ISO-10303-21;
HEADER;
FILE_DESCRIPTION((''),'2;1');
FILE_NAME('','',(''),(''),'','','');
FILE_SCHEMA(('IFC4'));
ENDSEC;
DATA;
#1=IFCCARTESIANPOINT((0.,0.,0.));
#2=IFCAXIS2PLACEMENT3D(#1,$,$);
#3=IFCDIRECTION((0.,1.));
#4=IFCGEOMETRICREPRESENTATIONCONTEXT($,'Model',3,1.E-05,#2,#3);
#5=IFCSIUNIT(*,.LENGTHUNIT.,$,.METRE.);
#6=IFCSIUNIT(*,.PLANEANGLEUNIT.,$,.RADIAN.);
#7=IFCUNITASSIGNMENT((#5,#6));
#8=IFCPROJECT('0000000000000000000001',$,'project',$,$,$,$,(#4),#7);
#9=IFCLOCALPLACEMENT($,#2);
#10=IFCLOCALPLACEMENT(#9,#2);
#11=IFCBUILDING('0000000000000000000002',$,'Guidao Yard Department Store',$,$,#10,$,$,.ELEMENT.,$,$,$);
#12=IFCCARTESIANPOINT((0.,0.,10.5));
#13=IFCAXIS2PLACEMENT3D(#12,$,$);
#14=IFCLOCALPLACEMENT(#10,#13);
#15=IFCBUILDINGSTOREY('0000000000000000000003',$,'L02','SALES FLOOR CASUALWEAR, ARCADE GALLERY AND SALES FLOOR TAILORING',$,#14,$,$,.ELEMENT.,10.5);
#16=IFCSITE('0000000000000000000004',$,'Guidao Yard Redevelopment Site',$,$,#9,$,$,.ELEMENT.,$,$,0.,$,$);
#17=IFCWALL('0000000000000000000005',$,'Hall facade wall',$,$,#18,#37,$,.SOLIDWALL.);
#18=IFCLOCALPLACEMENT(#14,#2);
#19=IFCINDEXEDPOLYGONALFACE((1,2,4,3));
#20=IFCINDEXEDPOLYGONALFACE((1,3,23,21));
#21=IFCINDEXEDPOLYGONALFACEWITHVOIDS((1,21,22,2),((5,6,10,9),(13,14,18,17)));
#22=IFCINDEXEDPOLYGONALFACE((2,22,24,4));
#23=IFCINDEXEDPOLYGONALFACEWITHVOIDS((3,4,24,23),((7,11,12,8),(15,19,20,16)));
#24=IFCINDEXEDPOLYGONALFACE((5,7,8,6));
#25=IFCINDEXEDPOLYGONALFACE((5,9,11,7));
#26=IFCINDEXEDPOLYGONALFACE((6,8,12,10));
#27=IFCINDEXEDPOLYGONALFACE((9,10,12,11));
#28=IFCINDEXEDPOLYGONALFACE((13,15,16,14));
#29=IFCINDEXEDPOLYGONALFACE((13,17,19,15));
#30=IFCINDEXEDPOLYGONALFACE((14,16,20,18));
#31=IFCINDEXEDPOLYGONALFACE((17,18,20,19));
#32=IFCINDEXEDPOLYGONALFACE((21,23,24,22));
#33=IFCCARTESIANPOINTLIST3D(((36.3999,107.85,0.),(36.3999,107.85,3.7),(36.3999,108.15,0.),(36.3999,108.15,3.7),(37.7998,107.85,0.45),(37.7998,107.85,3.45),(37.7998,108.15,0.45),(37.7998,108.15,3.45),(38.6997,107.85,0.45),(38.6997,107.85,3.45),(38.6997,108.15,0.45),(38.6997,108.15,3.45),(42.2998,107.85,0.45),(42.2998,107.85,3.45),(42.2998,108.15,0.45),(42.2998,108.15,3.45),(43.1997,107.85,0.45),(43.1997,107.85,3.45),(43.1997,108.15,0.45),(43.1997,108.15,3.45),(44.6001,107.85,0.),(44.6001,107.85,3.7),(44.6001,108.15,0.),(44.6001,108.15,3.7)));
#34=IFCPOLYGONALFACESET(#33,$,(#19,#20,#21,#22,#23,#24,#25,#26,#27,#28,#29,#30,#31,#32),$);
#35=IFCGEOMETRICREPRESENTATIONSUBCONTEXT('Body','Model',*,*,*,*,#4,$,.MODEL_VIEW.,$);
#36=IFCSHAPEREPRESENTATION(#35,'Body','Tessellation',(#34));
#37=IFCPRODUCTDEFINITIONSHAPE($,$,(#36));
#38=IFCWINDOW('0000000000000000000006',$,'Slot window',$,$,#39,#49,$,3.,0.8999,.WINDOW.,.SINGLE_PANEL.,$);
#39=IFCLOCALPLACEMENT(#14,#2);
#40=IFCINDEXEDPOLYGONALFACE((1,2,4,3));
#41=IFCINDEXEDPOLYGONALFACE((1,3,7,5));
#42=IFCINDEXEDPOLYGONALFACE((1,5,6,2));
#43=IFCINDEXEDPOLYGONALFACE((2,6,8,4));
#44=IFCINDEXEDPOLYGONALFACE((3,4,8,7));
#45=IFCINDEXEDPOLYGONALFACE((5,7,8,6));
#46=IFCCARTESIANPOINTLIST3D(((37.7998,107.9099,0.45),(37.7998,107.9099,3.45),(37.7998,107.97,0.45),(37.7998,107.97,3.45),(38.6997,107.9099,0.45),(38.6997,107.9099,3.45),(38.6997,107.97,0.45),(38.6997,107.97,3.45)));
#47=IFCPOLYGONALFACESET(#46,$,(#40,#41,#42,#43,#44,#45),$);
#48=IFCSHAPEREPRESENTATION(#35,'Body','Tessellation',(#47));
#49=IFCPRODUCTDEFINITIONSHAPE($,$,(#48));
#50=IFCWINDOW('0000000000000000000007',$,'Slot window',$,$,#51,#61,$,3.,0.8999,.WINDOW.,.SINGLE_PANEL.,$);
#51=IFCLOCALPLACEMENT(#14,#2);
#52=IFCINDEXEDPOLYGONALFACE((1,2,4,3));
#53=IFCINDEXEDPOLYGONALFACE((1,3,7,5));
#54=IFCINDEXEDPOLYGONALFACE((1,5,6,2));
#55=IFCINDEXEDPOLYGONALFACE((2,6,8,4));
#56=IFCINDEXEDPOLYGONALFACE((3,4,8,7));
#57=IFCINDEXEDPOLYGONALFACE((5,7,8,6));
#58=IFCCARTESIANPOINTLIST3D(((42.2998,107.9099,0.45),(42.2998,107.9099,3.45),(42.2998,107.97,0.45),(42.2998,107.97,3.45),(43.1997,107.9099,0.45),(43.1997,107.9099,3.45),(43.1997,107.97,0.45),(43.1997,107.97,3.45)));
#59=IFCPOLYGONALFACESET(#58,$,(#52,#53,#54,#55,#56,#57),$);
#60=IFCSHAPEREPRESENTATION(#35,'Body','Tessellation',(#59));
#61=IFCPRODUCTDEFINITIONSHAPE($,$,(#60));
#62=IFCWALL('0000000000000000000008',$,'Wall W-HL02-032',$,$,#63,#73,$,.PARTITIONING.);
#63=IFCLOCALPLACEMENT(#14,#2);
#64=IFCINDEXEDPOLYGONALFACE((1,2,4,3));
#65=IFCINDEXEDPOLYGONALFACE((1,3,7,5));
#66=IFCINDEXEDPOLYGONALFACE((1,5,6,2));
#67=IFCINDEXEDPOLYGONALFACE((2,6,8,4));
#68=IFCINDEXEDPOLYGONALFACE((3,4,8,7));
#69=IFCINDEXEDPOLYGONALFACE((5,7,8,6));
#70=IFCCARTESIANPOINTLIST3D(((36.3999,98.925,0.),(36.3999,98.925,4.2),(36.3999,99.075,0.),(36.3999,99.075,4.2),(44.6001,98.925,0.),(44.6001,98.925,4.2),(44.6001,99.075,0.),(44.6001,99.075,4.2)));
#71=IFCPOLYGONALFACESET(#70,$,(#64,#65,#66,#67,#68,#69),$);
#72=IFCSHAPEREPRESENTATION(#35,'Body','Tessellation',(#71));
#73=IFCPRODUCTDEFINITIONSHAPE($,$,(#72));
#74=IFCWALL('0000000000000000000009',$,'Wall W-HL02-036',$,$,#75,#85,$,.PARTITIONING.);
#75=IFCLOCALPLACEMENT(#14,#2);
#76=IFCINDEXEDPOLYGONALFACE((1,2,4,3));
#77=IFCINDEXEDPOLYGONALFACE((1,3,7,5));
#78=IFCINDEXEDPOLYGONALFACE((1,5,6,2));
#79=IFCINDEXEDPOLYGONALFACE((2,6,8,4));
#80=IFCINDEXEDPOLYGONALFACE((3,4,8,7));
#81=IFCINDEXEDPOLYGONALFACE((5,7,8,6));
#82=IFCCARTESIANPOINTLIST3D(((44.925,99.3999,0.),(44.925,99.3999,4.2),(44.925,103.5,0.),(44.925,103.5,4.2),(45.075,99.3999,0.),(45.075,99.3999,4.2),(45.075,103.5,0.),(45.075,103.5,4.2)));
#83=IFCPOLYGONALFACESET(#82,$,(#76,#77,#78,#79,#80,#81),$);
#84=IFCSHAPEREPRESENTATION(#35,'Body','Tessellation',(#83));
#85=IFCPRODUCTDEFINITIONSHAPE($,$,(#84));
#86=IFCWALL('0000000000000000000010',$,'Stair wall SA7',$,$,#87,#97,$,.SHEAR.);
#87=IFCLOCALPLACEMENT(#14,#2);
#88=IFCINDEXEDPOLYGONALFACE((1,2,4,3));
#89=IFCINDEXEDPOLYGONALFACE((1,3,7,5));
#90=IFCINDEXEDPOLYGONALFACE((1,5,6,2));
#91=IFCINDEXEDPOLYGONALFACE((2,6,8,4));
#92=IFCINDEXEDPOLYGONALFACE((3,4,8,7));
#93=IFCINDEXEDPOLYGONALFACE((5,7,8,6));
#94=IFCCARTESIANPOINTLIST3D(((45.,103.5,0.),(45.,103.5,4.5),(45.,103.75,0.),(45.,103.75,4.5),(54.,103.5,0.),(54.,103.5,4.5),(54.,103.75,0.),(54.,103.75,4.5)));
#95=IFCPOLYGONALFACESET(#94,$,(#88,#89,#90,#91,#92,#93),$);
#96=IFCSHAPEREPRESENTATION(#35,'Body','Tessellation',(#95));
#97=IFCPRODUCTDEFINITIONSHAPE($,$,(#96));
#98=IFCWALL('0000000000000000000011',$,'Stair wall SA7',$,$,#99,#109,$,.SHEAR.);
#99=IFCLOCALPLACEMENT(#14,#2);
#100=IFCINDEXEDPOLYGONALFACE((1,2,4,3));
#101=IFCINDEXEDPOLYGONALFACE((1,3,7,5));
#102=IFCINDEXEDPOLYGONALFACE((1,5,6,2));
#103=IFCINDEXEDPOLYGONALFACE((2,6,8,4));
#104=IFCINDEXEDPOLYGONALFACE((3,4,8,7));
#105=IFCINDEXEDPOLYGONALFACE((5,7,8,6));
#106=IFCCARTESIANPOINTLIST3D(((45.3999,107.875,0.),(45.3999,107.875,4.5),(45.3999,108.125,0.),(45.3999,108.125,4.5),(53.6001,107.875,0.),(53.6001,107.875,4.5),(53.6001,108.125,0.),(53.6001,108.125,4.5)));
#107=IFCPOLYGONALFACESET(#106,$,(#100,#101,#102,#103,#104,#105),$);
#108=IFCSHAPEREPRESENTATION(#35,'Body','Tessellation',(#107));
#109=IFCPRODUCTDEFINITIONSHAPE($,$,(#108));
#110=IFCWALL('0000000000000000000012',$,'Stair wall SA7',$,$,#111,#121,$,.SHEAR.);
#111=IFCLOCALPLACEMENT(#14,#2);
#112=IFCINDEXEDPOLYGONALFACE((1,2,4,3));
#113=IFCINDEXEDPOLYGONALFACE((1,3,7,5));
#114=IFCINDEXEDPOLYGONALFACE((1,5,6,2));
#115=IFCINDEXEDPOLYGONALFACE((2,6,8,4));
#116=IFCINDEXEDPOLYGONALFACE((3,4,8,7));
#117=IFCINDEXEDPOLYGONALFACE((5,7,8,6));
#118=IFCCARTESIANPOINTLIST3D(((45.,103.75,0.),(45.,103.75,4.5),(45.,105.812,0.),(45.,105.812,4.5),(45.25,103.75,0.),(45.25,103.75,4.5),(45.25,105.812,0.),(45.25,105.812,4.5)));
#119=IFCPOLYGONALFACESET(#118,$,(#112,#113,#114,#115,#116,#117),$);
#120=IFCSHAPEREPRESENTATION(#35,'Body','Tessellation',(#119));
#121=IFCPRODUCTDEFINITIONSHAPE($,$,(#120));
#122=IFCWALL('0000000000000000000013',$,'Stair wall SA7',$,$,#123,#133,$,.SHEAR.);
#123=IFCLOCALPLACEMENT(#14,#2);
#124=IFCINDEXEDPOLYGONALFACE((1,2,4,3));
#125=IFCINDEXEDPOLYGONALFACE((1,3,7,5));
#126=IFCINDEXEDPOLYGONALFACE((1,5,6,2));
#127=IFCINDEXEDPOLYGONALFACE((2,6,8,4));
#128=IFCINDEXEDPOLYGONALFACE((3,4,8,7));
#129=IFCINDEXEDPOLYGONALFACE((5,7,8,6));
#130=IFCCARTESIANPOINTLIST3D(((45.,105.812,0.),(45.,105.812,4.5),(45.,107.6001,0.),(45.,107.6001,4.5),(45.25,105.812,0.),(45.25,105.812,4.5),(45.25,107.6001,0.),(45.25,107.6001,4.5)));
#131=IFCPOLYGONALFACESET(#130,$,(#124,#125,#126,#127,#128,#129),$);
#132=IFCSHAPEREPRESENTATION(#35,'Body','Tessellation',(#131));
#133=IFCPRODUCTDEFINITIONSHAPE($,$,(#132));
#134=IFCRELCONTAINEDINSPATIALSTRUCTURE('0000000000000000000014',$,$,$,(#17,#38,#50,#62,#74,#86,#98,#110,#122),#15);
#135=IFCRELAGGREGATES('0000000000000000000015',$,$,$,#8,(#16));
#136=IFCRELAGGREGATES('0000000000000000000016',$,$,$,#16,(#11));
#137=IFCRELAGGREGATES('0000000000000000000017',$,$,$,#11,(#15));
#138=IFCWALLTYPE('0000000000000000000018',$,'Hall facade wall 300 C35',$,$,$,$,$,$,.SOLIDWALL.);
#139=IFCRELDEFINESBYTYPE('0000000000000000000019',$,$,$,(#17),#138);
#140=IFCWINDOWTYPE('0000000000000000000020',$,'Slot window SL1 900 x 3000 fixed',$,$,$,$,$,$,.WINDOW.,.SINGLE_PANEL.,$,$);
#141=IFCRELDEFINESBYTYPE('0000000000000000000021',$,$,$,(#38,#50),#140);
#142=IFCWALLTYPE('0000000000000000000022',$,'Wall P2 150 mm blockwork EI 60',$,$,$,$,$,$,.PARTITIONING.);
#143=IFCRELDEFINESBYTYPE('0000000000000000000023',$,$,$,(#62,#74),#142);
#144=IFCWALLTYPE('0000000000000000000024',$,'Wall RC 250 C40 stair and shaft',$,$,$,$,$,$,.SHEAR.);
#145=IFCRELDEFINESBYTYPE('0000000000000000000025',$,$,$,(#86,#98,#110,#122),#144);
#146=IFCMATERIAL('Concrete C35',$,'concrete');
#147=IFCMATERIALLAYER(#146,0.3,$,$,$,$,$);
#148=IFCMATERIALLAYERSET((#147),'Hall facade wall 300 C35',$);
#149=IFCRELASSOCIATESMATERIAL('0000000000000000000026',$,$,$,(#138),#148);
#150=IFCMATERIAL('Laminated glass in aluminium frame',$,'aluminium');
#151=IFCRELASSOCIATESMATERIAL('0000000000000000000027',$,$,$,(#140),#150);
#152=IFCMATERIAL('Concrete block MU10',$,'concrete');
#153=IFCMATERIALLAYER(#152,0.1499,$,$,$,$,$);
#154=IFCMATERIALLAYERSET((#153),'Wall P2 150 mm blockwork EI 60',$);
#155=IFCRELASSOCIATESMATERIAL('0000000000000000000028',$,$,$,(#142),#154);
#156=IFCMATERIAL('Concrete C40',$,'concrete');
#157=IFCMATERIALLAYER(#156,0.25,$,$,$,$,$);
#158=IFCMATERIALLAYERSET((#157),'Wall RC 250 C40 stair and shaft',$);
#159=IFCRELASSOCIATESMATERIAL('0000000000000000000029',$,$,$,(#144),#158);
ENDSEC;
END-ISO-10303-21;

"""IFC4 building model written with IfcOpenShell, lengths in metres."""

from ifc_helpers import new_model, si_unit, direction, frame, frame_2d, origin, place, context, subcontext, project, spatial, rectangle, extrude, material, layer, layer_set, type_object, element, fill, save


model = new_model("IFC4")

# Units and contexts
model_context = context("Model", 3, precision=1e-05, world=origin(), true_north=direction((0.0, 1.0)))
body_context = subcontext(model_context, "Body", "Model", "MODEL_VIEW")
ifc_project = project(units=[si_unit("LENGTHUNIT", "METRE"), si_unit("PLANEANGLEUNIT", "RADIAN")], contexts=[model_context])

# Site, building, storey
site_placement = place(None, origin())
site = spatial("IfcSite", under=ifc_project, at=site_placement, Name="Guidao Yard Redevelopment Site", CompositionType="ELEMENT", RefElevation=0.0)
building_placement = place(site_placement, origin())
building = spatial("IfcBuilding", under=site, at=building_placement, Name="Guidao Yard Department Store", CompositionType="ELEMENT")
storey_placement = place(building_placement, frame((0.0, 0.0, 10.5)))
storey = spatial("IfcBuildingStorey", under=building, at=storey_placement, Name="L02", Description="SALES FLOOR CASUALWEAR, ARCADE GALLERY AND SALES FLOOR TAILORING", CompositionType="ELEMENT", Elevation=10.5)

# Wall, openings, windows
ifc_material_1 = material(Name="Concrete C35", Category="concrete")
ifc_layer_1 = layer(ifc_material_1, 0.3)
ifc_layer_set_1 = layer_set([ifc_layer_1], Name="Hall facade wall 300 C35")
wall_type_1 = type_object("IfcWallType", Name="Hall facade wall 300 C35", PredefinedType="SOLIDWALL", material=ifc_layer_set_1)
ifc_material_2 = material(Name="Laminated glass in aluminium frame", Category="aluminium")
window_type = type_object("IfcWindowType", Name="Slot window SL1 900 x 3000 fixed", PartitioningType="SINGLE_PANEL", PredefinedType="WINDOW", material=ifc_material_2)
wall_1_placement = place(storey_placement, frame((36.3999, 108.0, 0.0), z_axis=(0.0, 0.0, 1.0), x_axis=(1.0, 0.0, 0.0)))
wall_1 = element("IfcWall", 1, at=wall_1_placement, inside=storey, type_object=wall_type_1, Name="Hall facade wall", PredefinedType="SOLIDWALL", context=body_context, shape_type="SweptSolid", body=[
    extrude(rectangle(XDim=8.2002, YDim=0.3, at=frame_2d((4.1001, 0.0))), origin(), (0.0, 0.0, 1.0), 3.7),
])
opening_1_placement = place(wall_1_placement, frame((1.3999, 0.0, 0.45)))
opening_1 = element("IfcOpeningElement", 2, at=opening_1_placement, cuts=wall_1, PredefinedType="OPENING", context=body_context, shape_type="SweptSolid", body=[
    extrude(rectangle(XDim=0.8999, YDim=3.0, at=frame_2d((0.45, 1.5))), frame((0.0, 0.1599, 0.0), z_axis=(0.0, -1.0, 0.0), x_axis=(1.0, 0.0, 0.0)), (0.0, 0.0, 1.0), 0.3201),
])
opening_2_placement = place(wall_1_placement, frame((5.8999, 0.0, 0.45)))
opening_2 = element("IfcOpeningElement", 3, at=opening_2_placement, cuts=wall_1, PredefinedType="OPENING", context=body_context, shape_type="SweptSolid", body=[
    extrude(rectangle(XDim=0.8999, YDim=3.0, at=frame_2d((0.45, 1.5))), frame((0.0, 0.1599, 0.0), z_axis=(0.0, -1.0, 0.0), x_axis=(1.0, 0.0, 0.0)), (0.0, 0.0, 1.0), 0.3201),
])
window_1_placement = place(opening_1_placement, origin())
window_1 = element("IfcWindow", 4, at=window_1_placement, inside=storey, type_object=window_type, Name="Slot window", OverallHeight=3.0, OverallWidth=0.8999, PartitioningType="SINGLE_PANEL", PredefinedType="WINDOW", context=body_context, shape_type="SweptSolid", body=[
    extrude(rectangle(XDim=0.8999, YDim=3.0, at=frame_2d((0.45, 1.5))), frame((0.0, -0.03, 0.0), z_axis=(0.0, -1.0, 0.0), x_axis=(1.0, 0.0, 0.0)), (0.0, 0.0, 1.0), 0.0601),
])
fill(opening_1, window_1)
window_2_placement = place(opening_2_placement, origin())
window_2 = element("IfcWindow", 5, at=window_2_placement, inside=storey, type_object=window_type, Name="Slot window", OverallHeight=3.0, OverallWidth=0.8999, PartitioningType="SINGLE_PANEL", PredefinedType="WINDOW", context=body_context, shape_type="SweptSolid", body=[
    extrude(rectangle(XDim=0.8999, YDim=3.0, at=frame_2d((0.45, 1.5))), frame((0.0, -0.03, 0.0), z_axis=(0.0, -1.0, 0.0), x_axis=(1.0, 0.0, 0.0)), (0.0, 0.0, 1.0), 0.0601),
])
fill(opening_2, window_2)

# Walls
ifc_material_3 = material(Name="Concrete block MU10", Category="concrete")
ifc_layer_2 = layer(ifc_material_3, 0.1499)
ifc_layer_set_2 = layer_set([ifc_layer_2], Name="Wall P2 150 mm blockwork EI 60")
wall_type_2 = type_object("IfcWallType", Name="Wall P2 150 mm blockwork EI 60", PredefinedType="PARTITIONING", material=ifc_layer_set_2)
wall_2_placement = place(storey_placement, frame((36.3999, 99.0, 0.0), z_axis=(0.0, 0.0, 1.0), x_axis=(1.0, 0.0, 0.0)))
element("IfcWall", 6, at=wall_2_placement, inside=storey, type_object=wall_type_2, Name="Wall W-HL02-032", PredefinedType="PARTITIONING", context=body_context, shape_type="SweptSolid", body=[
    extrude(rectangle(XDim=8.2002, YDim=0.1499, at=frame_2d((4.1001, 0.0))), origin(), (0.0, 0.0, 1.0), 4.2),
])
wall_3_placement = place(storey_placement, frame((45.0, 99.3999, 0.0), z_axis=(0.0, 0.0, 1.0), x_axis=(0.0, 1.0, 0.0)))
element("IfcWall", 7, at=wall_3_placement, inside=storey, type_object=wall_type_2, Name="Wall W-HL02-036", PredefinedType="PARTITIONING", context=body_context, shape_type="SweptSolid", body=[
    extrude(rectangle(XDim=4.1001, YDim=0.1499, at=frame_2d((2.05, 0.0))), origin(), (0.0, 0.0, 1.0), 4.2),
])
ifc_material_4 = material(Name="Concrete C40", Category="concrete")
ifc_layer_3 = layer(ifc_material_4, 0.25)
ifc_layer_set_3 = layer_set([ifc_layer_3], Name="Wall RC 250 C40 stair and shaft")
wall_type_3 = type_object("IfcWallType", Name="Wall RC 250 C40 stair and shaft", PredefinedType="SHEAR", material=ifc_layer_set_3)
wall_4_placement = place(storey_placement, frame((45.0, 103.625, 0.0), z_axis=(0.0, 0.0, 1.0), x_axis=(1.0, 0.0, 0.0)))
element("IfcWall", 8, at=wall_4_placement, inside=storey, type_object=wall_type_3, Name="Stair wall SA7", PredefinedType="SHEAR", context=body_context, shape_type="SweptSolid", body=[
    extrude(rectangle(XDim=9.0, YDim=0.25, at=frame_2d((4.5, 0.0))), origin(), (0.0, 0.0, 1.0), 4.5),
])
wall_5_placement = place(storey_placement, frame((45.3999, 108.0, 0.0), z_axis=(0.0, 0.0, 1.0), x_axis=(1.0, 0.0, 0.0)))
element("IfcWall", 9, at=wall_5_placement, inside=storey, type_object=wall_type_3, Name="Stair wall SA7", PredefinedType="SHEAR", context=body_context, shape_type="SweptSolid", body=[
    extrude(rectangle(XDim=8.2002, YDim=0.25, at=frame_2d((4.1001, 0.0))), origin(), (0.0, 0.0, 1.0), 4.5),
])
wall_6_placement = place(storey_placement, frame((45.125, 103.75, 0.0), z_axis=(0.0, 0.0, 1.0), x_axis=(0.0, 1.0, 0.0)))
element("IfcWall", 10, at=wall_6_placement, inside=storey, type_object=wall_type_3, Name="Stair wall SA7", PredefinedType="SHEAR", context=body_context, shape_type="SweptSolid", body=[
    extrude(rectangle(XDim=2.062, YDim=0.25, at=frame_2d((1.031, 0.0))), origin(), (0.0, 0.0, 1.0), 4.5),
])
wall_7_placement = place(storey_placement, frame((45.125, 105.812, 0.0), z_axis=(0.0, 0.0, 1.0), x_axis=(0.0, 1.0, 0.0)))
element("IfcWall", 11, at=wall_7_placement, inside=storey, type_object=wall_type_3, Name="Stair wall SA7", PredefinedType="SHEAR", context=body_context, shape_type="SweptSolid", body=[
    extrude(rectangle(XDim=1.7881, YDim=0.25, at=frame_2d((0.894, 0.0))), origin(), (0.0, 0.0, 1.0), 4.5),
])

save(model, "model.ifc")
